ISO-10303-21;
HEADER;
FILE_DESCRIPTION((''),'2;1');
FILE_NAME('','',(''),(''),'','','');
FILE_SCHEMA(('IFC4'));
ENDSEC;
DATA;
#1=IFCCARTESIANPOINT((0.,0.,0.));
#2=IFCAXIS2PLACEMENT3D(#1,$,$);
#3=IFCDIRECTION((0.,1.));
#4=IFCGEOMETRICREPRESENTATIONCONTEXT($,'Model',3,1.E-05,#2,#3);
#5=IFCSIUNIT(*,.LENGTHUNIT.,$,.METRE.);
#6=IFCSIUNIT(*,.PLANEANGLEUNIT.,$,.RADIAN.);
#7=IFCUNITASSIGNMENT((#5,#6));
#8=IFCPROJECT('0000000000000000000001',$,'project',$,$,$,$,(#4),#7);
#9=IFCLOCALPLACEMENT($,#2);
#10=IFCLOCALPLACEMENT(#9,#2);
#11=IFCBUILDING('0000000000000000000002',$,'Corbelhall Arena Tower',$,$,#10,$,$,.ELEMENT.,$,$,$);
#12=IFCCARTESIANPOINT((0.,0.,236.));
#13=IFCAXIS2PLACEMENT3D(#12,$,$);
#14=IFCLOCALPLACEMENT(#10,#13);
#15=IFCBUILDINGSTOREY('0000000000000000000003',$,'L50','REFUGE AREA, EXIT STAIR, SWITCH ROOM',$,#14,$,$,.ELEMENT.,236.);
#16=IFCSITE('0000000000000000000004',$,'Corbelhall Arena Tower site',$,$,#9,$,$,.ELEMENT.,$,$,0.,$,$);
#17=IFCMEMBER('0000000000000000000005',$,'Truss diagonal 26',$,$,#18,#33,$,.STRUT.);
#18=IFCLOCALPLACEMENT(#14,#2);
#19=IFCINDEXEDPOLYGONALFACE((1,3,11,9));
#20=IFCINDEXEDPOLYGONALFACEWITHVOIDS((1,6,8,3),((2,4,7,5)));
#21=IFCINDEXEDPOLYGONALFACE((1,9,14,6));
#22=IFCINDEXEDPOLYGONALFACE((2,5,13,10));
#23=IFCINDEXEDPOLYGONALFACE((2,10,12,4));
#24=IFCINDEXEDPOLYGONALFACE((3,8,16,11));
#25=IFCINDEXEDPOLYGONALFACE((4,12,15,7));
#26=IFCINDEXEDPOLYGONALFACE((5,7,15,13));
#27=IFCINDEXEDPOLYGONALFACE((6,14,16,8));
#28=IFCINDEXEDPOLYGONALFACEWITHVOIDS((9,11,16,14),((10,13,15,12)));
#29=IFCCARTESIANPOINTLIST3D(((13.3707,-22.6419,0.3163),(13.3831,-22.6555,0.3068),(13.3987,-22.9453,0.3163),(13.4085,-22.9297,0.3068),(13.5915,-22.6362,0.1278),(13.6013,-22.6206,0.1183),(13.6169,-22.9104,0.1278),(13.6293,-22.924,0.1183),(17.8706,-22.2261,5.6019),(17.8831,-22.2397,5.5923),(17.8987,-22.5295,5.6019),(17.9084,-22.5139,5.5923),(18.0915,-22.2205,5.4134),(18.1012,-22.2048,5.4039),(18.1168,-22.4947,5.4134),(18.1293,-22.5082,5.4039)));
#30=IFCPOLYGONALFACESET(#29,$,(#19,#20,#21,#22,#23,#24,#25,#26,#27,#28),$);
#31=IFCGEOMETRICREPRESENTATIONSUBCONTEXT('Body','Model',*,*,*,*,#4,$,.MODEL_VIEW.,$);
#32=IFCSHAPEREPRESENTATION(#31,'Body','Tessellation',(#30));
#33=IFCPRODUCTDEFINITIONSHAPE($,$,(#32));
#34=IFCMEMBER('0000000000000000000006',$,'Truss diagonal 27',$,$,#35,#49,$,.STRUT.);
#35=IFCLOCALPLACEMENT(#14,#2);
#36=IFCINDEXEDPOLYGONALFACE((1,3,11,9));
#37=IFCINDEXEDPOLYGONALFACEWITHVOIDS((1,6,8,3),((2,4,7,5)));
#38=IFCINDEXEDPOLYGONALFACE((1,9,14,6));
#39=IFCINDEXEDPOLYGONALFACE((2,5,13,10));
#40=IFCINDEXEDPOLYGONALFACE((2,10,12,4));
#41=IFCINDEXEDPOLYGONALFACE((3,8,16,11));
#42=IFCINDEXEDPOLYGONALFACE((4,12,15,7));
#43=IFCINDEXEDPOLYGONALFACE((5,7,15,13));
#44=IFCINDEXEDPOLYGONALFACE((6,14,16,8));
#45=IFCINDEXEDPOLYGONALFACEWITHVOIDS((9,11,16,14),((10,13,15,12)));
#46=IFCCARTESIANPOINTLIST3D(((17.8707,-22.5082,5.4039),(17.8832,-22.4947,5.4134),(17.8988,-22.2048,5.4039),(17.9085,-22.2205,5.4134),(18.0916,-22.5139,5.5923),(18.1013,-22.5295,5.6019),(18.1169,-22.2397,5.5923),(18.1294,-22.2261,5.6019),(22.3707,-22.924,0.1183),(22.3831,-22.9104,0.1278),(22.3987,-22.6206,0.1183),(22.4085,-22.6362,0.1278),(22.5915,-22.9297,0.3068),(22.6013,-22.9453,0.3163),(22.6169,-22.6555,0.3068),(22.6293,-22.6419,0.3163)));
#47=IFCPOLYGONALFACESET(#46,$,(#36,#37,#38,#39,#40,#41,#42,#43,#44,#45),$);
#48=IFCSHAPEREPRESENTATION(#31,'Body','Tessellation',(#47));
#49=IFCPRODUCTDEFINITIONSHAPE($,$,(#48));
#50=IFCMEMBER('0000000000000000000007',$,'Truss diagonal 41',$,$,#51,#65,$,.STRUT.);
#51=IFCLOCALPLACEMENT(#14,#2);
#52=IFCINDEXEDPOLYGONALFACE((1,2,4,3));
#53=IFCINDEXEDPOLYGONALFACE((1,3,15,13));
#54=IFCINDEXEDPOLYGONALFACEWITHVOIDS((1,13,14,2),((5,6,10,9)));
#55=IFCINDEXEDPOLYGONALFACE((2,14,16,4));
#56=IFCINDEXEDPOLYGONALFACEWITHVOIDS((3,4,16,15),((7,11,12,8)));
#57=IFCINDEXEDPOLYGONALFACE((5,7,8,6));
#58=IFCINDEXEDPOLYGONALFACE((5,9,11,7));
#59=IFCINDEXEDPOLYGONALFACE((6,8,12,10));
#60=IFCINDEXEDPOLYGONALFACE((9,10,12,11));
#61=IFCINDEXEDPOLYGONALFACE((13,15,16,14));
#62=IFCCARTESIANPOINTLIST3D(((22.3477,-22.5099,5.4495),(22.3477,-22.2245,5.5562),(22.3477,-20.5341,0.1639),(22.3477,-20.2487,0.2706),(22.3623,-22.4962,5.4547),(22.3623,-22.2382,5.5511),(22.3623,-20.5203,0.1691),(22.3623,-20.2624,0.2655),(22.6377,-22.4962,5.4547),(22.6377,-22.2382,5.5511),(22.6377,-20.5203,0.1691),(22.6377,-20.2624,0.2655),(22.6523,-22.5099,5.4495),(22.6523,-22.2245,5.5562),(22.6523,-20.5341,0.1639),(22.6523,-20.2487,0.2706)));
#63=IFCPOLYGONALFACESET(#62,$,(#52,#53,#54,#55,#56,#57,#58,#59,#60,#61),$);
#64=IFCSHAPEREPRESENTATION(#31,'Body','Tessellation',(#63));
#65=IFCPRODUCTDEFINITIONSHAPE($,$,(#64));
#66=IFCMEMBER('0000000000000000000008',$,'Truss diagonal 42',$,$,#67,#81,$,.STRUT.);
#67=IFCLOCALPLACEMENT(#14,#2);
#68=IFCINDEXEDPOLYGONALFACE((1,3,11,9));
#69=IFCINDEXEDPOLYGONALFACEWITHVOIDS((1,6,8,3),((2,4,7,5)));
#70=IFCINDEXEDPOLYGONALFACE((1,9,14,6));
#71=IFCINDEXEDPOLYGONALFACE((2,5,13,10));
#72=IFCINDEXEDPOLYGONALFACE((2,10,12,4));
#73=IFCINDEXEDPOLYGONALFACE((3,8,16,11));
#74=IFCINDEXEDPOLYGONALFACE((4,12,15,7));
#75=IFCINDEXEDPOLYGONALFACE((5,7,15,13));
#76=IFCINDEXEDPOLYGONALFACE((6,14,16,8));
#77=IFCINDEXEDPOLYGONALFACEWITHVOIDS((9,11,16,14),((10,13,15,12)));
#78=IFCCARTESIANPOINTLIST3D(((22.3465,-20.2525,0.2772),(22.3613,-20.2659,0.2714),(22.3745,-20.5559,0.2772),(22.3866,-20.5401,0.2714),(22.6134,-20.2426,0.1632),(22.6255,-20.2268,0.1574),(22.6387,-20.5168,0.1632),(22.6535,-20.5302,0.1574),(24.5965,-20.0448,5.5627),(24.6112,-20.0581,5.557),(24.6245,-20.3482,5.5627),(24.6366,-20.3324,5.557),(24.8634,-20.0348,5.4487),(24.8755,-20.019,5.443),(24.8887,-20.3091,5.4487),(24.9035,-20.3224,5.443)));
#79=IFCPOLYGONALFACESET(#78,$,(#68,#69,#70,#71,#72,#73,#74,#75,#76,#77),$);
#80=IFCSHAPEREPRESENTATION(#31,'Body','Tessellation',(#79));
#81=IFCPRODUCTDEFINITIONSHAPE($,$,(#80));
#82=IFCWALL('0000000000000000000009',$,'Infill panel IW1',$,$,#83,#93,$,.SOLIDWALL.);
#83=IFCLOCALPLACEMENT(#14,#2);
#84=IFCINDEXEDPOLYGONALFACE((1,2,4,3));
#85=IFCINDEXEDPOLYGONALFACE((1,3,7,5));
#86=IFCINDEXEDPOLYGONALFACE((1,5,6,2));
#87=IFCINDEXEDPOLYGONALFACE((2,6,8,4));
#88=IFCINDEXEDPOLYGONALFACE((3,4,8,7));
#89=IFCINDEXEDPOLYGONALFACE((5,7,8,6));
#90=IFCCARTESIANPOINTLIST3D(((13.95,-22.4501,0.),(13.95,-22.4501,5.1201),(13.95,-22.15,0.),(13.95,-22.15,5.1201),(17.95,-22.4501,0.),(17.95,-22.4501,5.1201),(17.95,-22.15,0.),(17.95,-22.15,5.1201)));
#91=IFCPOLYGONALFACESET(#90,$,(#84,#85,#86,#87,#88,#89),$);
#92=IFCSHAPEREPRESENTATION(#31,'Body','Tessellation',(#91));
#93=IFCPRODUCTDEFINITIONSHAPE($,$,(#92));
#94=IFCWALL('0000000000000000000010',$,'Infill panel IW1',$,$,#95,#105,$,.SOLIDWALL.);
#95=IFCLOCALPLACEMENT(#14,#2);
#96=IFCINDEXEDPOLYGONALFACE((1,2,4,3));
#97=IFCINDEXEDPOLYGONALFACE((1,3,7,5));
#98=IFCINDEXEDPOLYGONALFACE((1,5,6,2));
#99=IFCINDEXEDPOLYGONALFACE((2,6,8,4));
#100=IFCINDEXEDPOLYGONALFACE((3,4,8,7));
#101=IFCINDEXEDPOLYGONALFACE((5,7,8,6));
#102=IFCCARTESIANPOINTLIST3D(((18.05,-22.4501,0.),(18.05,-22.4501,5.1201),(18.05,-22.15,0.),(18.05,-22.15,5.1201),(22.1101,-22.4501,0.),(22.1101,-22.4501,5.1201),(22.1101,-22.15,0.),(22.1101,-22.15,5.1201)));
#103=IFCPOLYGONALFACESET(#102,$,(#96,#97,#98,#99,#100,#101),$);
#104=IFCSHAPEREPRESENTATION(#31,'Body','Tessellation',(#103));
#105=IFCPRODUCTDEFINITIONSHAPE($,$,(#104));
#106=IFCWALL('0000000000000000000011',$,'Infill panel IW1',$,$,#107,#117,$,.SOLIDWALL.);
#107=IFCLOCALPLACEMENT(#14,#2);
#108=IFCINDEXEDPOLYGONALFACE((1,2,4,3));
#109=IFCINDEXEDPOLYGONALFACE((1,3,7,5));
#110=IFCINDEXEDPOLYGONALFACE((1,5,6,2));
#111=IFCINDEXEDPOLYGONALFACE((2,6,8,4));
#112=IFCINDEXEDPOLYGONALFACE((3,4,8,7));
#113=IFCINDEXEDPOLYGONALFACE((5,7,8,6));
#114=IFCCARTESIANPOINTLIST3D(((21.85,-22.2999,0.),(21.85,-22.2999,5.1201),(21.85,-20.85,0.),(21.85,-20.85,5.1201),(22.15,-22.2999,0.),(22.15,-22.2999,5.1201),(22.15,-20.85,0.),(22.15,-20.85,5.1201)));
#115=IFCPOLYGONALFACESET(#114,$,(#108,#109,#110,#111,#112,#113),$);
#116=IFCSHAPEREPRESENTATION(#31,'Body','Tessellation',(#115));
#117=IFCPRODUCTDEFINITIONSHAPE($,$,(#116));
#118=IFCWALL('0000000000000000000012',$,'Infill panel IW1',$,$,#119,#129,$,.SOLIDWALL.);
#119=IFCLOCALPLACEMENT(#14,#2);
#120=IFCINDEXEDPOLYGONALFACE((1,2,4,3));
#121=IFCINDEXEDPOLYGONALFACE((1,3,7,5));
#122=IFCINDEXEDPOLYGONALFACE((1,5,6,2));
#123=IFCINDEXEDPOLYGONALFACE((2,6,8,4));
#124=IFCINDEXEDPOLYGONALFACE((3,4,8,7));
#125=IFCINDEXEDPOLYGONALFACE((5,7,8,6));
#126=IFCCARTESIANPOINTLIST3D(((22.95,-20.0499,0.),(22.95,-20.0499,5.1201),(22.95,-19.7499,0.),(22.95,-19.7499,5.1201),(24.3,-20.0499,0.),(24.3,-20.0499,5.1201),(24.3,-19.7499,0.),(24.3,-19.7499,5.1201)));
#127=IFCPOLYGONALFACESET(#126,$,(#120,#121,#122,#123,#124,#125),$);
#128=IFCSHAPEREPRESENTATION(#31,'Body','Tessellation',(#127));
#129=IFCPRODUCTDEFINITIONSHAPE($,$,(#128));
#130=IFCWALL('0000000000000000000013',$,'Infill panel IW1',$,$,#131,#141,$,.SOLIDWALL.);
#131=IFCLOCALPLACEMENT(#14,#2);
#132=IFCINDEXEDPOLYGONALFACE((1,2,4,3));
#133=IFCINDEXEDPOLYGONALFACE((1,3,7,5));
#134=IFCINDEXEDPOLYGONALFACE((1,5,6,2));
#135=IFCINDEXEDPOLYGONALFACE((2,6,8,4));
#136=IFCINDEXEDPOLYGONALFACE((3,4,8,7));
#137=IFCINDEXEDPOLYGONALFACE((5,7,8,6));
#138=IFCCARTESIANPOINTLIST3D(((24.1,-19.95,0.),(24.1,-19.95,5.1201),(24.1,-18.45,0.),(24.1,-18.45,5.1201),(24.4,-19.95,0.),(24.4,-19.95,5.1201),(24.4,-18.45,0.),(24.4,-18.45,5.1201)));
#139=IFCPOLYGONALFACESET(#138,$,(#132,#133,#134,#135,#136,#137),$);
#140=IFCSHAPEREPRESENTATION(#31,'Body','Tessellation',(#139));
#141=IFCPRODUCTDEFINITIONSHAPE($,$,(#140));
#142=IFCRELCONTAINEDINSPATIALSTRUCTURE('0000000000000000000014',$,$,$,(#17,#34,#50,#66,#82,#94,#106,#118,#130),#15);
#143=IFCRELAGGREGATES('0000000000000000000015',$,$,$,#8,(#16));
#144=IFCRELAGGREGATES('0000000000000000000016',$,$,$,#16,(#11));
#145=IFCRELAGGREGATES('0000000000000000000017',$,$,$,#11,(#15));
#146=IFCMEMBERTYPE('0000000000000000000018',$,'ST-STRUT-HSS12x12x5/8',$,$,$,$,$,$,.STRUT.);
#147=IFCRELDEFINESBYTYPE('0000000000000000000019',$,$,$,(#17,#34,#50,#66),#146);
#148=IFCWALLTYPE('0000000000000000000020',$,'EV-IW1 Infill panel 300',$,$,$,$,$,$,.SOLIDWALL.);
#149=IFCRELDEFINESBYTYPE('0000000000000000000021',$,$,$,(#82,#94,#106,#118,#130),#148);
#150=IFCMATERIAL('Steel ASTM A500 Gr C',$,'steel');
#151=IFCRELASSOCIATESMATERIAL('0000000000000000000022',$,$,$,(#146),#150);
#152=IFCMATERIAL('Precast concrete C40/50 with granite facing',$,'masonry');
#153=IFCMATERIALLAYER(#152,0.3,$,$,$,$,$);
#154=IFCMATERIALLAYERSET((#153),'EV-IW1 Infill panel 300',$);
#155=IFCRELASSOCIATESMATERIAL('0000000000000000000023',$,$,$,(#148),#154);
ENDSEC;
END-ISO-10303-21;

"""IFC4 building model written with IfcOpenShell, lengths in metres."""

from ifc_helpers import new_model, si_unit, direction, frame, frame_2d, origin, origin_2d, place, context, subcontext, project, spatial, rectangle, hollow_rectangle, extrude, material, layer, layer_set, material_profile, profile_set, type_object, element, save


model = new_model("IFC4")

# Units and contexts
model_context = context("Model", 3, precision=1e-05, world=origin(), true_north=direction((0.0, 1.0)))
body_context = subcontext(model_context, "Body", "Model", "MODEL_VIEW")
ifc_project = project(units=[si_unit("LENGTHUNIT", "METRE"), si_unit("PLANEANGLEUNIT", "RADIAN")], contexts=[model_context])

# Site, building, storey
site_placement = place(None, origin())
site = spatial("IfcSite", under=ifc_project, at=site_placement, Name="Corbelhall Arena Tower site", CompositionType="ELEMENT", RefElevation=0.0)
building_placement = place(site_placement, origin())
building = spatial("IfcBuilding", under=site, at=building_placement, Name="Corbelhall Arena Tower", CompositionType="ELEMENT")
storey_placement = place(building_placement, frame((0.0, 0.0, 236.0)))
storey = spatial("IfcBuildingStorey", under=building, at=storey_placement, Name="L50", Description="REFUGE AREA, EXIT STAIR, SWITCH ROOM", CompositionType="ELEMENT", Elevation=236.0)

# Members
ifc_material_1 = material(Name="Steel ASTM A500 Gr C", Category="steel")
ifc_material_profile_1 = material_profile(ifc_material_1, hollow_rectangle(XDim=0.3047, YDim=0.3047, WallThickness=0.0146, at=origin_2d()))
ifc_profile_set_1 = profile_set([ifc_material_profile_1], Name="Steel ASTM A500 Gr C")
member_type_1 = type_object("IfcMemberType", Name="ST-STRUT-HSS12x12x5/8", PredefinedType="STRUT", material=ifc_profile_set_1)
for number, where, z_axis, x_axis, name in (
    (1, (13.5, -22.783, 0.2173), (0.647091, 0.059787, 0.760065), (-0.092002, 0.995759, 0.0), "Truss diagonal 26"),
    (2, (22.5, -22.783, 0.2173), (-0.647091, 0.059787, 0.760065), (-0.092002, -0.995759, 0.0), "Truss diagonal 27"),
):
    element("IfcMember", number, at=place(storey_placement, frame(where, z_axis=z_axis, x_axis=x_axis)), inside=storey, type_object=member_type_1, Name=name, PredefinedType="STRUT", context=body_context, shape_type="SweptSolid", body=[
        extrude(hollow_rectangle(XDim=0.3047, YDim=0.3047, WallThickness=0.0146, at=origin_2d()), origin(), (0.0, 0.0, 1.0), 6.9541),
    ])
member_1_placement = place(storey_placement, frame((22.5, -20.3914, 0.2173), z_axis=(0.0, -0.350147, 0.936695), x_axis=(1.0, 0.0, 0.0)))
element("IfcMember", 3, at=member_1_placement, inside=storey, type_object=member_type_1, Name="Truss diagonal 41", PredefinedType="STRUT", context=body_context, shape_type="SweptSolid", body=[
    extrude(hollow_rectangle(XDim=0.3047, YDim=0.3047, WallThickness=0.0146, at=origin_2d()), origin(), (0.0, 0.0, 1.0), 5.6428),
])
member_2_placement = place(storey_placement, frame((22.5, -20.3914, 0.2173), z_axis=(0.391416, 0.036143, 0.919504), x_axis=(-0.091948, 0.995764, 0.0)))
element("IfcMember", 4, at=member_2_placement, inside=storey, type_object=member_type_1, Name="Truss diagonal 42", PredefinedType="STRUT", context=body_context, shape_type="SweptSolid", body=[
    extrude(hollow_rectangle(XDim=0.3047, YDim=0.3047, WallThickness=0.0146, at=origin_2d()), origin(), (0.0, 0.0, 1.0), 5.7483),
])

# Walls
ifc_material_2 = material(Name="Precast concrete C40/50 with granite facing", Category="masonry")
ifc_layer_1 = layer(ifc_material_2, 0.3)
ifc_layer_set_1 = layer_set([ifc_layer_1], Name="EV-IW1 Infill panel 300")
wall_type_1 = type_object("IfcWallType", Name="EV-IW1 Infill panel 300", PredefinedType="SOLIDWALL", material=ifc_layer_set_1)
wall_1_placement = place(storey_placement, frame((13.95, -22.3, 0.0), z_axis=(0.0, 0.0, 1.0), x_axis=(1.0, 0.0, 0.0)))
element("IfcWall", 5, at=wall_1_placement, inside=storey, type_object=wall_type_1, Name="Infill panel IW1", PredefinedType="SOLIDWALL", context=body_context, shape_type="SweptSolid", body=[
    extrude(rectangle(XDim=4.0, YDim=0.3, at=frame_2d((2.0, 0.0))), origin(), (0.0, 0.0, 1.0), 5.1201),
])
wall_2_placement = place(storey_placement, frame((18.05, -22.3, 0.0), z_axis=(0.0, 0.0, 1.0), x_axis=(1.0, 0.0, 0.0)))
element("IfcWall", 6, at=wall_2_placement, inside=storey, type_object=wall_type_1, Name="Infill panel IW1", PredefinedType="SOLIDWALL", context=body_context, shape_type="SweptSolid", body=[
    extrude(rectangle(XDim=4.0601, YDim=0.3, at=frame_2d((2.03, 0.0))), origin(), (0.0, 0.0, 1.0), 5.1201),
])
wall_3_placement = place(storey_placement, frame((22.0, -22.3, 0.0), z_axis=(0.0, 0.0, 1.0), x_axis=(0.0, 1.0, 0.0)))
element("IfcWall", 7, at=wall_3_placement, inside=storey, type_object=wall_type_1, Name="Infill panel IW1", PredefinedType="SOLIDWALL", context=body_context, shape_type="SweptSolid", body=[
    extrude(rectangle(XDim=1.45, YDim=0.3, at=frame_2d((0.7251, 0.0))), origin(), (0.0, 0.0, 1.0), 5.1201),
])
wall_4_placement = place(storey_placement, frame((22.95, -19.8999, 0.0), z_axis=(0.0, 0.0, 1.0), x_axis=(1.0, 0.0, 0.0)))
element("IfcWall", 8, at=wall_4_placement, inside=storey, type_object=wall_type_1, Name="Infill panel IW1", PredefinedType="SOLIDWALL", context=body_context, shape_type="SweptSolid", body=[
    extrude(rectangle(XDim=1.3501, YDim=0.3, at=frame_2d((0.675, 0.0))), origin(), (0.0, 0.0, 1.0), 5.1201),
])
wall_5_placement = place(storey_placement, frame((24.25, -19.95, 0.0), z_axis=(0.0, 0.0, 1.0), x_axis=(0.0, 1.0, 0.0)))
element("IfcWall", 9, at=wall_5_placement, inside=storey, type_object=wall_type_1, Name="Infill panel IW1", PredefinedType="SOLIDWALL", context=body_context, shape_type="SweptSolid", body=[
    extrude(rectangle(XDim=1.5, YDim=0.3, at=frame_2d((0.75, 0.0))), origin(), (0.0, 0.0, 1.0), 5.1201),
])

save(model, "model.ifc")
